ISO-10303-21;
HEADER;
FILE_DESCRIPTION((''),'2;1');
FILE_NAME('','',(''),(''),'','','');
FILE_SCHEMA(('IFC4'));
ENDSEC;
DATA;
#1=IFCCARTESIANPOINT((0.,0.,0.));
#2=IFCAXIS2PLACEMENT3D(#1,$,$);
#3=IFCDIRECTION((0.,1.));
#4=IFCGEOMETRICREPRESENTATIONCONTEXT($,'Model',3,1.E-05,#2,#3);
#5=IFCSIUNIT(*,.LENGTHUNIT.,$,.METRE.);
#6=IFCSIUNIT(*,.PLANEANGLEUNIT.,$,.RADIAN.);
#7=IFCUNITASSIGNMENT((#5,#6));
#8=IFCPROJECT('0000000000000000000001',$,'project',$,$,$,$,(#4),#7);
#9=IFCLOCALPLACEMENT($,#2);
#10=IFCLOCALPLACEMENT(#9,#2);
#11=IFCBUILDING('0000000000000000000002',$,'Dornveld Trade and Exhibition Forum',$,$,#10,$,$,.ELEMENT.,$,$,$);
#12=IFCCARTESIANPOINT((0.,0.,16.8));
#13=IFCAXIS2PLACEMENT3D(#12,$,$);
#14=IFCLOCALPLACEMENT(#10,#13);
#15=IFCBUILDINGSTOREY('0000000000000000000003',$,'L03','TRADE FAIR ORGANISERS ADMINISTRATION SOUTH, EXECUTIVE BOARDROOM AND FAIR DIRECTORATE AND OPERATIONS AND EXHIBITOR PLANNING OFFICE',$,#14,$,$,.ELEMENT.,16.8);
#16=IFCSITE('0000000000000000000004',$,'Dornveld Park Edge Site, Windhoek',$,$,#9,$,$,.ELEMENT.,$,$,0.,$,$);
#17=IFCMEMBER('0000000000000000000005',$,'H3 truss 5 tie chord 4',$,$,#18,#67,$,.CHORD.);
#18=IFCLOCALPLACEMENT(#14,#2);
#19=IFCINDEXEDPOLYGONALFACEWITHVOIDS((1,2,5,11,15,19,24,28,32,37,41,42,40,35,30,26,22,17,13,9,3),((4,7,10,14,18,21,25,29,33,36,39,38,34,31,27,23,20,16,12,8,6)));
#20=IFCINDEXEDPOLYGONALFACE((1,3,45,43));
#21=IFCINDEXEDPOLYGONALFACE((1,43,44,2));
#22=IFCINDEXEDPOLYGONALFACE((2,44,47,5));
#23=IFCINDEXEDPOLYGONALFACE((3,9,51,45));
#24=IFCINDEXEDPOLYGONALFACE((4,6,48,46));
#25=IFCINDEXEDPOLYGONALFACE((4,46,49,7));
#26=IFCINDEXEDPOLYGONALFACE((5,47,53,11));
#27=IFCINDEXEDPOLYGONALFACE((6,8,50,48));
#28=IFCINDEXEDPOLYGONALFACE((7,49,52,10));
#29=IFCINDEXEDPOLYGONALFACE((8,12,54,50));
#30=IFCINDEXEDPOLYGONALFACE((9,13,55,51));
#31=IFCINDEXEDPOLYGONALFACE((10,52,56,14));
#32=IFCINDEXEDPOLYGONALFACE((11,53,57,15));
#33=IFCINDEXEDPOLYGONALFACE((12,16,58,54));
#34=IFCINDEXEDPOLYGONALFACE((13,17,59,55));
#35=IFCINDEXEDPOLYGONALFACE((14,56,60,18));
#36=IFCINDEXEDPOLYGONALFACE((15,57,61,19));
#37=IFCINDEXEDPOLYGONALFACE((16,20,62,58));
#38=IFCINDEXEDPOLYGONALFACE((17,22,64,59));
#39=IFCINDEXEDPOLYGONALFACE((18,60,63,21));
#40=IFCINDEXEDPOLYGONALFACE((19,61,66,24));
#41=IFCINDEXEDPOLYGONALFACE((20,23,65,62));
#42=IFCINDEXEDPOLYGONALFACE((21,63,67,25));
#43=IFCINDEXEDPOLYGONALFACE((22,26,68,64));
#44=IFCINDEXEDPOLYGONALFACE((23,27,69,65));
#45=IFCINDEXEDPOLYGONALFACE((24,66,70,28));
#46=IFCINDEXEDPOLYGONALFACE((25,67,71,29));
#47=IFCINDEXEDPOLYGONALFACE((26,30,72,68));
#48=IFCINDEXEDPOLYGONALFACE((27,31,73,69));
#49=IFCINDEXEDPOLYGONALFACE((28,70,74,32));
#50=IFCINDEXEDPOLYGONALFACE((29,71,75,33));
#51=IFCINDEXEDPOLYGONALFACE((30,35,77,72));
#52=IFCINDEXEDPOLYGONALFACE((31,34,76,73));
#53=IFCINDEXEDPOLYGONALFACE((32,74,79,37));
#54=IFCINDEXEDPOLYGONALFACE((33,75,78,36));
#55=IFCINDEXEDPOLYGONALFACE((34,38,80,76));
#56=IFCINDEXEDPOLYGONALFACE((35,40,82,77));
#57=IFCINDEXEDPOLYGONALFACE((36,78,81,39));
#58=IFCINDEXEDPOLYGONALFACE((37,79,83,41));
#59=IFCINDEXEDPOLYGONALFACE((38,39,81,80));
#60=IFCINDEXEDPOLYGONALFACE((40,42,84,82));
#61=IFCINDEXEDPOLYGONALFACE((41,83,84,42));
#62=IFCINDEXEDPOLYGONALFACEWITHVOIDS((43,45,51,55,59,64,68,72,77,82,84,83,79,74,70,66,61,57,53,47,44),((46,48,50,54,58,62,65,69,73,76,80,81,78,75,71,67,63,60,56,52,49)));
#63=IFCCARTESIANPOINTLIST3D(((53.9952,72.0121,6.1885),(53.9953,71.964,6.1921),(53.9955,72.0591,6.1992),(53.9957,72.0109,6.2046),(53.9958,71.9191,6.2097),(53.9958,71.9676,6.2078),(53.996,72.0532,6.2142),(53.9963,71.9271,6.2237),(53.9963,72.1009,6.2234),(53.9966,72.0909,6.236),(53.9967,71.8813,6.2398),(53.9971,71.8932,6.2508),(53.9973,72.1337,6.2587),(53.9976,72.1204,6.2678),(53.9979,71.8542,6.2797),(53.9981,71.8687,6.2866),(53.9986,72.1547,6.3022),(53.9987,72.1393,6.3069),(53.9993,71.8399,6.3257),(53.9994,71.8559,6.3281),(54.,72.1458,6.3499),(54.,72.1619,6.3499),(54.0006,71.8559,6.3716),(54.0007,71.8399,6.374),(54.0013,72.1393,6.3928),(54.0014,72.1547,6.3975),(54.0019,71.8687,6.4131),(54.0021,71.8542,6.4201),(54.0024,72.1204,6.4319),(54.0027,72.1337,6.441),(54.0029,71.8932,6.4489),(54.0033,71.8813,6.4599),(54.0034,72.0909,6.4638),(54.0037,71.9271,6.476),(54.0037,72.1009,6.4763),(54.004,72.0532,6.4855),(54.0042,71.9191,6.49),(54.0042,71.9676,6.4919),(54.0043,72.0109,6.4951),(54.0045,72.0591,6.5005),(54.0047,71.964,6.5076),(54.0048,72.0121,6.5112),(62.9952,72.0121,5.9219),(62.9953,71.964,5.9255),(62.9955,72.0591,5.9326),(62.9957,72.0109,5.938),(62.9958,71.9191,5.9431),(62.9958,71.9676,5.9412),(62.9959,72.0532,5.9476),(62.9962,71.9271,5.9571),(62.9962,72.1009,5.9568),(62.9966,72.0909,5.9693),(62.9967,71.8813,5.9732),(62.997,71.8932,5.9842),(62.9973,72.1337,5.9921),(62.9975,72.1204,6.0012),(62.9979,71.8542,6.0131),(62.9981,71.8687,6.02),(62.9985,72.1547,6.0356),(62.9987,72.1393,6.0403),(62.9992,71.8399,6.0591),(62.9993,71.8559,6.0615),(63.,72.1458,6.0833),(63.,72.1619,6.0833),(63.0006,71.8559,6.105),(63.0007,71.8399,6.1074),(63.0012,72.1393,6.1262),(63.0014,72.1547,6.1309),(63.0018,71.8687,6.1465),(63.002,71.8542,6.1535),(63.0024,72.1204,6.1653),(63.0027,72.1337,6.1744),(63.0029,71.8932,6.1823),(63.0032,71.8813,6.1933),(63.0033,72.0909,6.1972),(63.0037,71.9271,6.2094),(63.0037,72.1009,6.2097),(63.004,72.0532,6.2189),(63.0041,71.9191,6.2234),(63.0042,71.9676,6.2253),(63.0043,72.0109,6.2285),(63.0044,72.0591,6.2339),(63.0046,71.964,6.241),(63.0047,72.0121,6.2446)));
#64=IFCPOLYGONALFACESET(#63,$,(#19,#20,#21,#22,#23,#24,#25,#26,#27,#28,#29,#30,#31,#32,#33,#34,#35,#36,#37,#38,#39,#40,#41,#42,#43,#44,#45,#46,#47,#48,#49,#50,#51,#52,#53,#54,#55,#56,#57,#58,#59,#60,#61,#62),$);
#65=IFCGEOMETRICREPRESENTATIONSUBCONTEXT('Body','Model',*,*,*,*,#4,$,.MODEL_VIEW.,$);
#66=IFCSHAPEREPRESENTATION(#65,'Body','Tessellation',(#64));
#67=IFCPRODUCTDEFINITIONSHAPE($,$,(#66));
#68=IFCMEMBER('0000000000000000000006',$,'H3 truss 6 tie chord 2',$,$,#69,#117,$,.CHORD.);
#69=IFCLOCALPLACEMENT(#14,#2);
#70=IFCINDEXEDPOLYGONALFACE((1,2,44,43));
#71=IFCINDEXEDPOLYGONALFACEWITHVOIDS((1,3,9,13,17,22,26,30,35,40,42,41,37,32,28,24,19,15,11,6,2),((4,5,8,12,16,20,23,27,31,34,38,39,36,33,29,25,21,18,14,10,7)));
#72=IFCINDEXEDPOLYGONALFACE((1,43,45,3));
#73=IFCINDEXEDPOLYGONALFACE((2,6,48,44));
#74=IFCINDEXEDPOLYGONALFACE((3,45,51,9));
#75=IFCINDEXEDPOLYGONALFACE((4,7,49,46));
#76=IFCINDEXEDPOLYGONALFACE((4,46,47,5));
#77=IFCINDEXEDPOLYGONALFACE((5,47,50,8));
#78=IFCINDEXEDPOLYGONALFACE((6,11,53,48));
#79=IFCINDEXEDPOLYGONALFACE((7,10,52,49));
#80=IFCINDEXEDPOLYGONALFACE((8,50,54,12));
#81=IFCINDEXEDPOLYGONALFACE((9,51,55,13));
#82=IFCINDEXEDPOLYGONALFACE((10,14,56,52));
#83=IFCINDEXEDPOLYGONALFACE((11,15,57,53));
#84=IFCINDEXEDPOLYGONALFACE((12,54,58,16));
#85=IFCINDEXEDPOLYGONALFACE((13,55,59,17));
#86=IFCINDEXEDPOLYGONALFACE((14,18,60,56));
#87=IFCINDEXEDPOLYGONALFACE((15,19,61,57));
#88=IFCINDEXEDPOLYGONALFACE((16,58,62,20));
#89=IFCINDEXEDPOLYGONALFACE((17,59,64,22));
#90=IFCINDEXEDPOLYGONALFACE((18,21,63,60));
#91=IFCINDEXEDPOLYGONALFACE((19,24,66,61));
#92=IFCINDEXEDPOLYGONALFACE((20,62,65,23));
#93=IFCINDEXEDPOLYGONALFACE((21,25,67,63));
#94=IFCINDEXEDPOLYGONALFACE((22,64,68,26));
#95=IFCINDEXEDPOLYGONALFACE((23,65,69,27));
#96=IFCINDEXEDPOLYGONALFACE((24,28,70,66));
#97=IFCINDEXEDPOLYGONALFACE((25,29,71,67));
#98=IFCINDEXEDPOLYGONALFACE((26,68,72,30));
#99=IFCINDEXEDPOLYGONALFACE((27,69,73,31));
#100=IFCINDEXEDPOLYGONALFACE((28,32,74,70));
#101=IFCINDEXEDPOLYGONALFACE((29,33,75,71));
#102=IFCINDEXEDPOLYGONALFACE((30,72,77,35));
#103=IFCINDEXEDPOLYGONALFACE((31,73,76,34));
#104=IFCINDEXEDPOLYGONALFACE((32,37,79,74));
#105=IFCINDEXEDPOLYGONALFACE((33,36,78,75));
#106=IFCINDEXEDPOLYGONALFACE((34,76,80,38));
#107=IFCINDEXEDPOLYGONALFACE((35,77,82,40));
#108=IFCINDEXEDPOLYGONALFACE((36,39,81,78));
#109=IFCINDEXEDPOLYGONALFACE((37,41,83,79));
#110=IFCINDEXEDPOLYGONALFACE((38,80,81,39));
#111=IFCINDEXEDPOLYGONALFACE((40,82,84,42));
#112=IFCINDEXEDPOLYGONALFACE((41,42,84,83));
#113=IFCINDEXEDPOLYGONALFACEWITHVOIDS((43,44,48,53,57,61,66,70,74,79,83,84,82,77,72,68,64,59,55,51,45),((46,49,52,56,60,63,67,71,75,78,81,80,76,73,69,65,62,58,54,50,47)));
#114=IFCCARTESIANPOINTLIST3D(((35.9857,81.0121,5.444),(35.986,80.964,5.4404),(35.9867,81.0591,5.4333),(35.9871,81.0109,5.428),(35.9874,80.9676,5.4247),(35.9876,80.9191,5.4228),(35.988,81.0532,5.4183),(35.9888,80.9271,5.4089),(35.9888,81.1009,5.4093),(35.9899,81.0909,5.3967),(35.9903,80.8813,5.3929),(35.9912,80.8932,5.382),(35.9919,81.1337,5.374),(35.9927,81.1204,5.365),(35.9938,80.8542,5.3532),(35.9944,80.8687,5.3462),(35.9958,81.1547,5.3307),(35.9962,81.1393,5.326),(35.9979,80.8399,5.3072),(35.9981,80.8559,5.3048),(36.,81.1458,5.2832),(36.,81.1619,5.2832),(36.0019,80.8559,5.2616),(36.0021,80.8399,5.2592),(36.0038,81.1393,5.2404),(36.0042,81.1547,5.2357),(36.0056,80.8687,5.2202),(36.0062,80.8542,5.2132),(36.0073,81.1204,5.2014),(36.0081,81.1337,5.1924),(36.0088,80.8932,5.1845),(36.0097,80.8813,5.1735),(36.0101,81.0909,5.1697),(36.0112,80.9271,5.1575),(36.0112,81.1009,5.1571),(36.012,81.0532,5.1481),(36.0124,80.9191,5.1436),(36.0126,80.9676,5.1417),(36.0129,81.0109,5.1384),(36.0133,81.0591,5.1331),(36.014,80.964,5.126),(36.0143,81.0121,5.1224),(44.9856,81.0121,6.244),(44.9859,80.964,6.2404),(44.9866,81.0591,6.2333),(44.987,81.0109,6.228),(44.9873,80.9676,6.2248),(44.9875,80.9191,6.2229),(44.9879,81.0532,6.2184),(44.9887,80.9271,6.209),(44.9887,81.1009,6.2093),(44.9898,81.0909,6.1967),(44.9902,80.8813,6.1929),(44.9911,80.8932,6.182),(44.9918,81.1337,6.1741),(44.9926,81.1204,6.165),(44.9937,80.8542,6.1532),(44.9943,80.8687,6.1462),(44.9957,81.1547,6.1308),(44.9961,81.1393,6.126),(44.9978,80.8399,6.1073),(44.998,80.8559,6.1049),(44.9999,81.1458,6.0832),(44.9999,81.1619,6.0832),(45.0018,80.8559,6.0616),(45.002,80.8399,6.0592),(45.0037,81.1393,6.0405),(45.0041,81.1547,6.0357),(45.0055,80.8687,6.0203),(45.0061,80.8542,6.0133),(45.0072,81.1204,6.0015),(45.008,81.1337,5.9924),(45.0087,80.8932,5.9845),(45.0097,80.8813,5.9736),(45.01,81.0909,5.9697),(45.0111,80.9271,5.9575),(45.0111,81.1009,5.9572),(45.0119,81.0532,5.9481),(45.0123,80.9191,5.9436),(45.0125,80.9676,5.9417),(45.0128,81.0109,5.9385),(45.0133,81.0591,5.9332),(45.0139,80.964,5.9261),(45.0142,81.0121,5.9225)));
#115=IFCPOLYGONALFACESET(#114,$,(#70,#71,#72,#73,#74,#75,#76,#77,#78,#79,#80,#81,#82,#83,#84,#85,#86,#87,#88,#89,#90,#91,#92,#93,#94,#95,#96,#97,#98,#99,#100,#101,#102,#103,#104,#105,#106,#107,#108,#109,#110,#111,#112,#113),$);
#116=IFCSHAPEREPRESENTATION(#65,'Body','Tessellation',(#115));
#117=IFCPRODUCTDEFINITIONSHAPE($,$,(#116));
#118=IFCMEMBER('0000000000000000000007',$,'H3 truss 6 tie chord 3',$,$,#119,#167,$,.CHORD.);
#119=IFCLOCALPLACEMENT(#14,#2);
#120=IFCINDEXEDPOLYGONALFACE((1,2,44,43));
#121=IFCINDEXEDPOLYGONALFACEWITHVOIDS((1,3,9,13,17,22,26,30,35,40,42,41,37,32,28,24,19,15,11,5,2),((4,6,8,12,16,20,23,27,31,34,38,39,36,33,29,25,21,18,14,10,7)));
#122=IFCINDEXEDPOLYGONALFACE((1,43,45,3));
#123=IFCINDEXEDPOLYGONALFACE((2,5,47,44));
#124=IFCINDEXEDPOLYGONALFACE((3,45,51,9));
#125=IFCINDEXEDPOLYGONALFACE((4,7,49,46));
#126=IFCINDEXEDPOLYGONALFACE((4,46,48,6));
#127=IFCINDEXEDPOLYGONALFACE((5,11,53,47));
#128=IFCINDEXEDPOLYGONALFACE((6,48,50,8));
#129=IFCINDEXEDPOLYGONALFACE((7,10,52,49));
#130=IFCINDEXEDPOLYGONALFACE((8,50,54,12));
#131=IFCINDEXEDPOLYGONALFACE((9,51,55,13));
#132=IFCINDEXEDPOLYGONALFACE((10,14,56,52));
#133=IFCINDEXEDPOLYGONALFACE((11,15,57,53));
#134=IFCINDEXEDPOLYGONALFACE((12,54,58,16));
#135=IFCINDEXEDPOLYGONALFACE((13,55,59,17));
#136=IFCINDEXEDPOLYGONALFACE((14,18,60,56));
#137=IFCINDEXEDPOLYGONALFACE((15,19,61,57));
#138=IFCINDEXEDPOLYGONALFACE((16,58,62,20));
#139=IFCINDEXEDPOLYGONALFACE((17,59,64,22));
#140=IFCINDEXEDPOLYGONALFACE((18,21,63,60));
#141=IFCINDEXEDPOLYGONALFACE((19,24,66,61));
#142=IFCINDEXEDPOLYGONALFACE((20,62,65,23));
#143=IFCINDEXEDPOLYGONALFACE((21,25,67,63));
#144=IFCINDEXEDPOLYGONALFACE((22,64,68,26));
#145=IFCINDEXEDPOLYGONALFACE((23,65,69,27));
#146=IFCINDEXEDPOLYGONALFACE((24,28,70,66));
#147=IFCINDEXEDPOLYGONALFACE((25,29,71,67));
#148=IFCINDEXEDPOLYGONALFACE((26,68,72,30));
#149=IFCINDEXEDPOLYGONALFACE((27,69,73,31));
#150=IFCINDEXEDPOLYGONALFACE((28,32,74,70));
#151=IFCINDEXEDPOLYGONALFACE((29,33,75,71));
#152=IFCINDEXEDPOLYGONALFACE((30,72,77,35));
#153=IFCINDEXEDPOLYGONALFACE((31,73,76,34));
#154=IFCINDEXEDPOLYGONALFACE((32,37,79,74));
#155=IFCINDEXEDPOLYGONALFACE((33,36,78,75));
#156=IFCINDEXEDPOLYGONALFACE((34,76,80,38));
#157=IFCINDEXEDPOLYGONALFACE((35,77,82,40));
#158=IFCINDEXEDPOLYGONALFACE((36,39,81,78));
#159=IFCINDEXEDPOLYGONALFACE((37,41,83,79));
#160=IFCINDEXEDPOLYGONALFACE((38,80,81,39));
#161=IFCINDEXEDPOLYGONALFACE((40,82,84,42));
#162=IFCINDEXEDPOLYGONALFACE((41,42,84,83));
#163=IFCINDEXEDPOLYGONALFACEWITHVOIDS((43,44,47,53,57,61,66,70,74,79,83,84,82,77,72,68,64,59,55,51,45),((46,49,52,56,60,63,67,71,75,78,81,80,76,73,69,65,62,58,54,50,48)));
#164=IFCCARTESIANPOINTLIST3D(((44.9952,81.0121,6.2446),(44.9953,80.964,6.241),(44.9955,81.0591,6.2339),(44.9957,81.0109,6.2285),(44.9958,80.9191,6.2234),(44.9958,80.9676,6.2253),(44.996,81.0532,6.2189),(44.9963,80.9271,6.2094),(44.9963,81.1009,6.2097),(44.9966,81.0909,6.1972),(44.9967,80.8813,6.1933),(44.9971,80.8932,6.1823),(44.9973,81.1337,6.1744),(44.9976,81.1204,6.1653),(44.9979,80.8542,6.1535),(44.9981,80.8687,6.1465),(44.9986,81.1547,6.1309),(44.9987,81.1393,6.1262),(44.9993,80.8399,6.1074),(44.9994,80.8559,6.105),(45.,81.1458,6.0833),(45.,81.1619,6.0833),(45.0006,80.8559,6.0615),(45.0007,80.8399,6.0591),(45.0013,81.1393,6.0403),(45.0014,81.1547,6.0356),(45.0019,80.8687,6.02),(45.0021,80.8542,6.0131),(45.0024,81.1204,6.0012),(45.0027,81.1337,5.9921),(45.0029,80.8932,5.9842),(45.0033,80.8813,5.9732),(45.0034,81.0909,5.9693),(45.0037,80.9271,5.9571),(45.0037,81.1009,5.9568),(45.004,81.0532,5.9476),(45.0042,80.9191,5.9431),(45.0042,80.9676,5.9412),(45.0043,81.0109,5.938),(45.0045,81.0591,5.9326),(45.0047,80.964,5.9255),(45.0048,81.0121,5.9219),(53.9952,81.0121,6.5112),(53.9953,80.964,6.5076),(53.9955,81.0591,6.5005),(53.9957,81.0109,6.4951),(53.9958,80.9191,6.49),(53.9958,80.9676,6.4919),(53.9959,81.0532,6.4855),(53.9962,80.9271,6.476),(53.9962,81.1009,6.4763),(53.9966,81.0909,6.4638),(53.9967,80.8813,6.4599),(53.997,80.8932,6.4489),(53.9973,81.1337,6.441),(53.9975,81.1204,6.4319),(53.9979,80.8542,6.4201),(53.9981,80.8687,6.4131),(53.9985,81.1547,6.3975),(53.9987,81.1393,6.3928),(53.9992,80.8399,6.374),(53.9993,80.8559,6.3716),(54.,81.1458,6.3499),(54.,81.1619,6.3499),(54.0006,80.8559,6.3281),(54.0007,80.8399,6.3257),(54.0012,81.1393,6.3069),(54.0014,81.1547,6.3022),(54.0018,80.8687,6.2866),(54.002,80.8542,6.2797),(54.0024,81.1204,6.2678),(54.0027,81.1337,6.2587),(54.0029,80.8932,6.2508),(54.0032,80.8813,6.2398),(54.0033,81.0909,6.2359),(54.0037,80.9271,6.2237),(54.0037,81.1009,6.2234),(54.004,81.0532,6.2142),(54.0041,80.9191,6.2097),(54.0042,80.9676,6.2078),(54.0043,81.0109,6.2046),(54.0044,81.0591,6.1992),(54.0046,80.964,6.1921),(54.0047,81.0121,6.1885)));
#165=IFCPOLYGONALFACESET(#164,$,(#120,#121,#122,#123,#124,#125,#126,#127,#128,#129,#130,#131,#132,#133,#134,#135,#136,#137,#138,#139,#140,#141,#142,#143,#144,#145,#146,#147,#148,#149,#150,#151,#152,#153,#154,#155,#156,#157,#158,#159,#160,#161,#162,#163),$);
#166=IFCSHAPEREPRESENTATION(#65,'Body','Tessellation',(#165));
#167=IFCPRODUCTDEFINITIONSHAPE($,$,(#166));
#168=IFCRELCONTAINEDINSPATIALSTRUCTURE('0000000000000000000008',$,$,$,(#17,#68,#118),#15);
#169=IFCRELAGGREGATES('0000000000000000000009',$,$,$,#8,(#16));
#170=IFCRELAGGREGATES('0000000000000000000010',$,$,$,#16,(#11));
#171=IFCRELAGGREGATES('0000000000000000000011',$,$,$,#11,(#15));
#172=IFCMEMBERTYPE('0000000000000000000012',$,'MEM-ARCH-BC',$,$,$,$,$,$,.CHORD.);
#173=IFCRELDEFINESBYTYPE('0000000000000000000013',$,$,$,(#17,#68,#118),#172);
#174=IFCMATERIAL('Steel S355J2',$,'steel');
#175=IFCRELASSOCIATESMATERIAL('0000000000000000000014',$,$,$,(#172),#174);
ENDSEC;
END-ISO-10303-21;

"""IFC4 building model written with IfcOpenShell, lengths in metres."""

from ifc_helpers import new_model, si_unit, direction, frame, origin, origin_2d, place, context, subcontext, project, spatial, hollow_circle, extrude, material, material_profile, profile_set, type_object, element, save


model = new_model("IFC4")

# Units and contexts
model_context = context("Model", 3, precision=1e-05, world=origin(), true_north=direction((0.0, 1.0)))
body_context = subcontext(model_context, "Body", "Model", "MODEL_VIEW")
ifc_project = project(units=[si_unit("LENGTHUNIT", "METRE"), si_unit("PLANEANGLEUNIT", "RADIAN")], contexts=[model_context])

# Site, building, storey
site_placement = place(None, origin())
site = spatial("IfcSite", under=ifc_project, at=site_placement, Name="Dornveld Park Edge Site, Windhoek", CompositionType="ELEMENT", RefElevation=0.0)
building_placement = place(site_placement, origin())
building = spatial("IfcBuilding", under=site, at=building_placement, Name="Dornveld Trade and Exhibition Forum", CompositionType="ELEMENT")
storey_placement = place(building_placement, frame((0.0, 0.0, 16.8)))
storey = spatial("IfcBuildingStorey", under=building, at=storey_placement, Name="L03", Description="TRADE FAIR ORGANISERS ADMINISTRATION SOUTH, EXECUTIVE BOARDROOM AND FAIR DIRECTORATE AND OPERATIONS AND EXHIBITOR PLANNING OFFICE", CompositionType="ELEMENT", Elevation=16.8)

# Members
ifc_material_1 = material(Name="Steel S355J2", Category="steel")
ifc_material_profile_1 = material_profile(ifc_material_1, hollow_circle(Radius=0.1619, WallThickness=0.0161, at=origin_2d()), Name="CHS 323.9x16")
ifc_profile_set_1 = profile_set([ifc_material_profile_1], Name="Steel S355J2")
member_type_1 = type_object("IfcMemberType", Name="MEM-ARCH-BC", PredefinedType="CHORD", material=ifc_profile_set_1)
for number, where, z_axis, x_axis, name in (
    (1, (54.0, 72.0, 6.3499), (0.999562, 0.0, -0.029609), (0.0, 1.0, 0.0), "H3 truss 5 tie chord 4"),
):
    element("IfcMember", number, at=place(storey_placement, frame(where, z_axis=z_axis, x_axis=x_axis)), inside=storey, type_object=member_type_1, Name=name, PredefinedType="CHORD", context=body_context, shape_type="SweptSolid", body=[
        extrude(hollow_circle(Radius=0.1619, WallThickness=0.0161, at=origin_2d()), origin(), (0.0, 0.0, 1.0), 9.0039),
    ])
member_1_placement = place(storey_placement, frame((36.0, 81.0, 5.2832), z_axis=(0.996072, 0.0, 0.088545), x_axis=(0.0, 1.0, 0.0)))
element("IfcMember", 2, at=member_1_placement, inside=storey, type_object=member_type_1, Name="H3 truss 6 tie chord 2", PredefinedType="CHORD", context=body_context, shape_type="SweptSolid", body=[
    extrude(hollow_circle(Radius=0.1619, WallThickness=0.0161, at=origin_2d()), origin(), (0.0, 0.0, 1.0), 9.0354),
])
for number, where, z_axis, x_axis, name in (
    (3, (45.0, 81.0, 6.0833), (0.999562, 0.0, 0.029609), (0.0, 1.0, 0.0), "H3 truss 6 tie chord 3"),
):
    element("IfcMember", number, at=place(storey_placement, frame(where, z_axis=z_axis, x_axis=x_axis)), inside=storey, type_object=member_type_1, Name=name, PredefinedType="CHORD", context=body_context, shape_type="SweptSolid", body=[
        extrude(hollow_circle(Radius=0.1619, WallThickness=0.0161, at=origin_2d()), origin(), (0.0, 0.0, 1.0), 9.0039),
    ])

save(model, "model.ifc")
